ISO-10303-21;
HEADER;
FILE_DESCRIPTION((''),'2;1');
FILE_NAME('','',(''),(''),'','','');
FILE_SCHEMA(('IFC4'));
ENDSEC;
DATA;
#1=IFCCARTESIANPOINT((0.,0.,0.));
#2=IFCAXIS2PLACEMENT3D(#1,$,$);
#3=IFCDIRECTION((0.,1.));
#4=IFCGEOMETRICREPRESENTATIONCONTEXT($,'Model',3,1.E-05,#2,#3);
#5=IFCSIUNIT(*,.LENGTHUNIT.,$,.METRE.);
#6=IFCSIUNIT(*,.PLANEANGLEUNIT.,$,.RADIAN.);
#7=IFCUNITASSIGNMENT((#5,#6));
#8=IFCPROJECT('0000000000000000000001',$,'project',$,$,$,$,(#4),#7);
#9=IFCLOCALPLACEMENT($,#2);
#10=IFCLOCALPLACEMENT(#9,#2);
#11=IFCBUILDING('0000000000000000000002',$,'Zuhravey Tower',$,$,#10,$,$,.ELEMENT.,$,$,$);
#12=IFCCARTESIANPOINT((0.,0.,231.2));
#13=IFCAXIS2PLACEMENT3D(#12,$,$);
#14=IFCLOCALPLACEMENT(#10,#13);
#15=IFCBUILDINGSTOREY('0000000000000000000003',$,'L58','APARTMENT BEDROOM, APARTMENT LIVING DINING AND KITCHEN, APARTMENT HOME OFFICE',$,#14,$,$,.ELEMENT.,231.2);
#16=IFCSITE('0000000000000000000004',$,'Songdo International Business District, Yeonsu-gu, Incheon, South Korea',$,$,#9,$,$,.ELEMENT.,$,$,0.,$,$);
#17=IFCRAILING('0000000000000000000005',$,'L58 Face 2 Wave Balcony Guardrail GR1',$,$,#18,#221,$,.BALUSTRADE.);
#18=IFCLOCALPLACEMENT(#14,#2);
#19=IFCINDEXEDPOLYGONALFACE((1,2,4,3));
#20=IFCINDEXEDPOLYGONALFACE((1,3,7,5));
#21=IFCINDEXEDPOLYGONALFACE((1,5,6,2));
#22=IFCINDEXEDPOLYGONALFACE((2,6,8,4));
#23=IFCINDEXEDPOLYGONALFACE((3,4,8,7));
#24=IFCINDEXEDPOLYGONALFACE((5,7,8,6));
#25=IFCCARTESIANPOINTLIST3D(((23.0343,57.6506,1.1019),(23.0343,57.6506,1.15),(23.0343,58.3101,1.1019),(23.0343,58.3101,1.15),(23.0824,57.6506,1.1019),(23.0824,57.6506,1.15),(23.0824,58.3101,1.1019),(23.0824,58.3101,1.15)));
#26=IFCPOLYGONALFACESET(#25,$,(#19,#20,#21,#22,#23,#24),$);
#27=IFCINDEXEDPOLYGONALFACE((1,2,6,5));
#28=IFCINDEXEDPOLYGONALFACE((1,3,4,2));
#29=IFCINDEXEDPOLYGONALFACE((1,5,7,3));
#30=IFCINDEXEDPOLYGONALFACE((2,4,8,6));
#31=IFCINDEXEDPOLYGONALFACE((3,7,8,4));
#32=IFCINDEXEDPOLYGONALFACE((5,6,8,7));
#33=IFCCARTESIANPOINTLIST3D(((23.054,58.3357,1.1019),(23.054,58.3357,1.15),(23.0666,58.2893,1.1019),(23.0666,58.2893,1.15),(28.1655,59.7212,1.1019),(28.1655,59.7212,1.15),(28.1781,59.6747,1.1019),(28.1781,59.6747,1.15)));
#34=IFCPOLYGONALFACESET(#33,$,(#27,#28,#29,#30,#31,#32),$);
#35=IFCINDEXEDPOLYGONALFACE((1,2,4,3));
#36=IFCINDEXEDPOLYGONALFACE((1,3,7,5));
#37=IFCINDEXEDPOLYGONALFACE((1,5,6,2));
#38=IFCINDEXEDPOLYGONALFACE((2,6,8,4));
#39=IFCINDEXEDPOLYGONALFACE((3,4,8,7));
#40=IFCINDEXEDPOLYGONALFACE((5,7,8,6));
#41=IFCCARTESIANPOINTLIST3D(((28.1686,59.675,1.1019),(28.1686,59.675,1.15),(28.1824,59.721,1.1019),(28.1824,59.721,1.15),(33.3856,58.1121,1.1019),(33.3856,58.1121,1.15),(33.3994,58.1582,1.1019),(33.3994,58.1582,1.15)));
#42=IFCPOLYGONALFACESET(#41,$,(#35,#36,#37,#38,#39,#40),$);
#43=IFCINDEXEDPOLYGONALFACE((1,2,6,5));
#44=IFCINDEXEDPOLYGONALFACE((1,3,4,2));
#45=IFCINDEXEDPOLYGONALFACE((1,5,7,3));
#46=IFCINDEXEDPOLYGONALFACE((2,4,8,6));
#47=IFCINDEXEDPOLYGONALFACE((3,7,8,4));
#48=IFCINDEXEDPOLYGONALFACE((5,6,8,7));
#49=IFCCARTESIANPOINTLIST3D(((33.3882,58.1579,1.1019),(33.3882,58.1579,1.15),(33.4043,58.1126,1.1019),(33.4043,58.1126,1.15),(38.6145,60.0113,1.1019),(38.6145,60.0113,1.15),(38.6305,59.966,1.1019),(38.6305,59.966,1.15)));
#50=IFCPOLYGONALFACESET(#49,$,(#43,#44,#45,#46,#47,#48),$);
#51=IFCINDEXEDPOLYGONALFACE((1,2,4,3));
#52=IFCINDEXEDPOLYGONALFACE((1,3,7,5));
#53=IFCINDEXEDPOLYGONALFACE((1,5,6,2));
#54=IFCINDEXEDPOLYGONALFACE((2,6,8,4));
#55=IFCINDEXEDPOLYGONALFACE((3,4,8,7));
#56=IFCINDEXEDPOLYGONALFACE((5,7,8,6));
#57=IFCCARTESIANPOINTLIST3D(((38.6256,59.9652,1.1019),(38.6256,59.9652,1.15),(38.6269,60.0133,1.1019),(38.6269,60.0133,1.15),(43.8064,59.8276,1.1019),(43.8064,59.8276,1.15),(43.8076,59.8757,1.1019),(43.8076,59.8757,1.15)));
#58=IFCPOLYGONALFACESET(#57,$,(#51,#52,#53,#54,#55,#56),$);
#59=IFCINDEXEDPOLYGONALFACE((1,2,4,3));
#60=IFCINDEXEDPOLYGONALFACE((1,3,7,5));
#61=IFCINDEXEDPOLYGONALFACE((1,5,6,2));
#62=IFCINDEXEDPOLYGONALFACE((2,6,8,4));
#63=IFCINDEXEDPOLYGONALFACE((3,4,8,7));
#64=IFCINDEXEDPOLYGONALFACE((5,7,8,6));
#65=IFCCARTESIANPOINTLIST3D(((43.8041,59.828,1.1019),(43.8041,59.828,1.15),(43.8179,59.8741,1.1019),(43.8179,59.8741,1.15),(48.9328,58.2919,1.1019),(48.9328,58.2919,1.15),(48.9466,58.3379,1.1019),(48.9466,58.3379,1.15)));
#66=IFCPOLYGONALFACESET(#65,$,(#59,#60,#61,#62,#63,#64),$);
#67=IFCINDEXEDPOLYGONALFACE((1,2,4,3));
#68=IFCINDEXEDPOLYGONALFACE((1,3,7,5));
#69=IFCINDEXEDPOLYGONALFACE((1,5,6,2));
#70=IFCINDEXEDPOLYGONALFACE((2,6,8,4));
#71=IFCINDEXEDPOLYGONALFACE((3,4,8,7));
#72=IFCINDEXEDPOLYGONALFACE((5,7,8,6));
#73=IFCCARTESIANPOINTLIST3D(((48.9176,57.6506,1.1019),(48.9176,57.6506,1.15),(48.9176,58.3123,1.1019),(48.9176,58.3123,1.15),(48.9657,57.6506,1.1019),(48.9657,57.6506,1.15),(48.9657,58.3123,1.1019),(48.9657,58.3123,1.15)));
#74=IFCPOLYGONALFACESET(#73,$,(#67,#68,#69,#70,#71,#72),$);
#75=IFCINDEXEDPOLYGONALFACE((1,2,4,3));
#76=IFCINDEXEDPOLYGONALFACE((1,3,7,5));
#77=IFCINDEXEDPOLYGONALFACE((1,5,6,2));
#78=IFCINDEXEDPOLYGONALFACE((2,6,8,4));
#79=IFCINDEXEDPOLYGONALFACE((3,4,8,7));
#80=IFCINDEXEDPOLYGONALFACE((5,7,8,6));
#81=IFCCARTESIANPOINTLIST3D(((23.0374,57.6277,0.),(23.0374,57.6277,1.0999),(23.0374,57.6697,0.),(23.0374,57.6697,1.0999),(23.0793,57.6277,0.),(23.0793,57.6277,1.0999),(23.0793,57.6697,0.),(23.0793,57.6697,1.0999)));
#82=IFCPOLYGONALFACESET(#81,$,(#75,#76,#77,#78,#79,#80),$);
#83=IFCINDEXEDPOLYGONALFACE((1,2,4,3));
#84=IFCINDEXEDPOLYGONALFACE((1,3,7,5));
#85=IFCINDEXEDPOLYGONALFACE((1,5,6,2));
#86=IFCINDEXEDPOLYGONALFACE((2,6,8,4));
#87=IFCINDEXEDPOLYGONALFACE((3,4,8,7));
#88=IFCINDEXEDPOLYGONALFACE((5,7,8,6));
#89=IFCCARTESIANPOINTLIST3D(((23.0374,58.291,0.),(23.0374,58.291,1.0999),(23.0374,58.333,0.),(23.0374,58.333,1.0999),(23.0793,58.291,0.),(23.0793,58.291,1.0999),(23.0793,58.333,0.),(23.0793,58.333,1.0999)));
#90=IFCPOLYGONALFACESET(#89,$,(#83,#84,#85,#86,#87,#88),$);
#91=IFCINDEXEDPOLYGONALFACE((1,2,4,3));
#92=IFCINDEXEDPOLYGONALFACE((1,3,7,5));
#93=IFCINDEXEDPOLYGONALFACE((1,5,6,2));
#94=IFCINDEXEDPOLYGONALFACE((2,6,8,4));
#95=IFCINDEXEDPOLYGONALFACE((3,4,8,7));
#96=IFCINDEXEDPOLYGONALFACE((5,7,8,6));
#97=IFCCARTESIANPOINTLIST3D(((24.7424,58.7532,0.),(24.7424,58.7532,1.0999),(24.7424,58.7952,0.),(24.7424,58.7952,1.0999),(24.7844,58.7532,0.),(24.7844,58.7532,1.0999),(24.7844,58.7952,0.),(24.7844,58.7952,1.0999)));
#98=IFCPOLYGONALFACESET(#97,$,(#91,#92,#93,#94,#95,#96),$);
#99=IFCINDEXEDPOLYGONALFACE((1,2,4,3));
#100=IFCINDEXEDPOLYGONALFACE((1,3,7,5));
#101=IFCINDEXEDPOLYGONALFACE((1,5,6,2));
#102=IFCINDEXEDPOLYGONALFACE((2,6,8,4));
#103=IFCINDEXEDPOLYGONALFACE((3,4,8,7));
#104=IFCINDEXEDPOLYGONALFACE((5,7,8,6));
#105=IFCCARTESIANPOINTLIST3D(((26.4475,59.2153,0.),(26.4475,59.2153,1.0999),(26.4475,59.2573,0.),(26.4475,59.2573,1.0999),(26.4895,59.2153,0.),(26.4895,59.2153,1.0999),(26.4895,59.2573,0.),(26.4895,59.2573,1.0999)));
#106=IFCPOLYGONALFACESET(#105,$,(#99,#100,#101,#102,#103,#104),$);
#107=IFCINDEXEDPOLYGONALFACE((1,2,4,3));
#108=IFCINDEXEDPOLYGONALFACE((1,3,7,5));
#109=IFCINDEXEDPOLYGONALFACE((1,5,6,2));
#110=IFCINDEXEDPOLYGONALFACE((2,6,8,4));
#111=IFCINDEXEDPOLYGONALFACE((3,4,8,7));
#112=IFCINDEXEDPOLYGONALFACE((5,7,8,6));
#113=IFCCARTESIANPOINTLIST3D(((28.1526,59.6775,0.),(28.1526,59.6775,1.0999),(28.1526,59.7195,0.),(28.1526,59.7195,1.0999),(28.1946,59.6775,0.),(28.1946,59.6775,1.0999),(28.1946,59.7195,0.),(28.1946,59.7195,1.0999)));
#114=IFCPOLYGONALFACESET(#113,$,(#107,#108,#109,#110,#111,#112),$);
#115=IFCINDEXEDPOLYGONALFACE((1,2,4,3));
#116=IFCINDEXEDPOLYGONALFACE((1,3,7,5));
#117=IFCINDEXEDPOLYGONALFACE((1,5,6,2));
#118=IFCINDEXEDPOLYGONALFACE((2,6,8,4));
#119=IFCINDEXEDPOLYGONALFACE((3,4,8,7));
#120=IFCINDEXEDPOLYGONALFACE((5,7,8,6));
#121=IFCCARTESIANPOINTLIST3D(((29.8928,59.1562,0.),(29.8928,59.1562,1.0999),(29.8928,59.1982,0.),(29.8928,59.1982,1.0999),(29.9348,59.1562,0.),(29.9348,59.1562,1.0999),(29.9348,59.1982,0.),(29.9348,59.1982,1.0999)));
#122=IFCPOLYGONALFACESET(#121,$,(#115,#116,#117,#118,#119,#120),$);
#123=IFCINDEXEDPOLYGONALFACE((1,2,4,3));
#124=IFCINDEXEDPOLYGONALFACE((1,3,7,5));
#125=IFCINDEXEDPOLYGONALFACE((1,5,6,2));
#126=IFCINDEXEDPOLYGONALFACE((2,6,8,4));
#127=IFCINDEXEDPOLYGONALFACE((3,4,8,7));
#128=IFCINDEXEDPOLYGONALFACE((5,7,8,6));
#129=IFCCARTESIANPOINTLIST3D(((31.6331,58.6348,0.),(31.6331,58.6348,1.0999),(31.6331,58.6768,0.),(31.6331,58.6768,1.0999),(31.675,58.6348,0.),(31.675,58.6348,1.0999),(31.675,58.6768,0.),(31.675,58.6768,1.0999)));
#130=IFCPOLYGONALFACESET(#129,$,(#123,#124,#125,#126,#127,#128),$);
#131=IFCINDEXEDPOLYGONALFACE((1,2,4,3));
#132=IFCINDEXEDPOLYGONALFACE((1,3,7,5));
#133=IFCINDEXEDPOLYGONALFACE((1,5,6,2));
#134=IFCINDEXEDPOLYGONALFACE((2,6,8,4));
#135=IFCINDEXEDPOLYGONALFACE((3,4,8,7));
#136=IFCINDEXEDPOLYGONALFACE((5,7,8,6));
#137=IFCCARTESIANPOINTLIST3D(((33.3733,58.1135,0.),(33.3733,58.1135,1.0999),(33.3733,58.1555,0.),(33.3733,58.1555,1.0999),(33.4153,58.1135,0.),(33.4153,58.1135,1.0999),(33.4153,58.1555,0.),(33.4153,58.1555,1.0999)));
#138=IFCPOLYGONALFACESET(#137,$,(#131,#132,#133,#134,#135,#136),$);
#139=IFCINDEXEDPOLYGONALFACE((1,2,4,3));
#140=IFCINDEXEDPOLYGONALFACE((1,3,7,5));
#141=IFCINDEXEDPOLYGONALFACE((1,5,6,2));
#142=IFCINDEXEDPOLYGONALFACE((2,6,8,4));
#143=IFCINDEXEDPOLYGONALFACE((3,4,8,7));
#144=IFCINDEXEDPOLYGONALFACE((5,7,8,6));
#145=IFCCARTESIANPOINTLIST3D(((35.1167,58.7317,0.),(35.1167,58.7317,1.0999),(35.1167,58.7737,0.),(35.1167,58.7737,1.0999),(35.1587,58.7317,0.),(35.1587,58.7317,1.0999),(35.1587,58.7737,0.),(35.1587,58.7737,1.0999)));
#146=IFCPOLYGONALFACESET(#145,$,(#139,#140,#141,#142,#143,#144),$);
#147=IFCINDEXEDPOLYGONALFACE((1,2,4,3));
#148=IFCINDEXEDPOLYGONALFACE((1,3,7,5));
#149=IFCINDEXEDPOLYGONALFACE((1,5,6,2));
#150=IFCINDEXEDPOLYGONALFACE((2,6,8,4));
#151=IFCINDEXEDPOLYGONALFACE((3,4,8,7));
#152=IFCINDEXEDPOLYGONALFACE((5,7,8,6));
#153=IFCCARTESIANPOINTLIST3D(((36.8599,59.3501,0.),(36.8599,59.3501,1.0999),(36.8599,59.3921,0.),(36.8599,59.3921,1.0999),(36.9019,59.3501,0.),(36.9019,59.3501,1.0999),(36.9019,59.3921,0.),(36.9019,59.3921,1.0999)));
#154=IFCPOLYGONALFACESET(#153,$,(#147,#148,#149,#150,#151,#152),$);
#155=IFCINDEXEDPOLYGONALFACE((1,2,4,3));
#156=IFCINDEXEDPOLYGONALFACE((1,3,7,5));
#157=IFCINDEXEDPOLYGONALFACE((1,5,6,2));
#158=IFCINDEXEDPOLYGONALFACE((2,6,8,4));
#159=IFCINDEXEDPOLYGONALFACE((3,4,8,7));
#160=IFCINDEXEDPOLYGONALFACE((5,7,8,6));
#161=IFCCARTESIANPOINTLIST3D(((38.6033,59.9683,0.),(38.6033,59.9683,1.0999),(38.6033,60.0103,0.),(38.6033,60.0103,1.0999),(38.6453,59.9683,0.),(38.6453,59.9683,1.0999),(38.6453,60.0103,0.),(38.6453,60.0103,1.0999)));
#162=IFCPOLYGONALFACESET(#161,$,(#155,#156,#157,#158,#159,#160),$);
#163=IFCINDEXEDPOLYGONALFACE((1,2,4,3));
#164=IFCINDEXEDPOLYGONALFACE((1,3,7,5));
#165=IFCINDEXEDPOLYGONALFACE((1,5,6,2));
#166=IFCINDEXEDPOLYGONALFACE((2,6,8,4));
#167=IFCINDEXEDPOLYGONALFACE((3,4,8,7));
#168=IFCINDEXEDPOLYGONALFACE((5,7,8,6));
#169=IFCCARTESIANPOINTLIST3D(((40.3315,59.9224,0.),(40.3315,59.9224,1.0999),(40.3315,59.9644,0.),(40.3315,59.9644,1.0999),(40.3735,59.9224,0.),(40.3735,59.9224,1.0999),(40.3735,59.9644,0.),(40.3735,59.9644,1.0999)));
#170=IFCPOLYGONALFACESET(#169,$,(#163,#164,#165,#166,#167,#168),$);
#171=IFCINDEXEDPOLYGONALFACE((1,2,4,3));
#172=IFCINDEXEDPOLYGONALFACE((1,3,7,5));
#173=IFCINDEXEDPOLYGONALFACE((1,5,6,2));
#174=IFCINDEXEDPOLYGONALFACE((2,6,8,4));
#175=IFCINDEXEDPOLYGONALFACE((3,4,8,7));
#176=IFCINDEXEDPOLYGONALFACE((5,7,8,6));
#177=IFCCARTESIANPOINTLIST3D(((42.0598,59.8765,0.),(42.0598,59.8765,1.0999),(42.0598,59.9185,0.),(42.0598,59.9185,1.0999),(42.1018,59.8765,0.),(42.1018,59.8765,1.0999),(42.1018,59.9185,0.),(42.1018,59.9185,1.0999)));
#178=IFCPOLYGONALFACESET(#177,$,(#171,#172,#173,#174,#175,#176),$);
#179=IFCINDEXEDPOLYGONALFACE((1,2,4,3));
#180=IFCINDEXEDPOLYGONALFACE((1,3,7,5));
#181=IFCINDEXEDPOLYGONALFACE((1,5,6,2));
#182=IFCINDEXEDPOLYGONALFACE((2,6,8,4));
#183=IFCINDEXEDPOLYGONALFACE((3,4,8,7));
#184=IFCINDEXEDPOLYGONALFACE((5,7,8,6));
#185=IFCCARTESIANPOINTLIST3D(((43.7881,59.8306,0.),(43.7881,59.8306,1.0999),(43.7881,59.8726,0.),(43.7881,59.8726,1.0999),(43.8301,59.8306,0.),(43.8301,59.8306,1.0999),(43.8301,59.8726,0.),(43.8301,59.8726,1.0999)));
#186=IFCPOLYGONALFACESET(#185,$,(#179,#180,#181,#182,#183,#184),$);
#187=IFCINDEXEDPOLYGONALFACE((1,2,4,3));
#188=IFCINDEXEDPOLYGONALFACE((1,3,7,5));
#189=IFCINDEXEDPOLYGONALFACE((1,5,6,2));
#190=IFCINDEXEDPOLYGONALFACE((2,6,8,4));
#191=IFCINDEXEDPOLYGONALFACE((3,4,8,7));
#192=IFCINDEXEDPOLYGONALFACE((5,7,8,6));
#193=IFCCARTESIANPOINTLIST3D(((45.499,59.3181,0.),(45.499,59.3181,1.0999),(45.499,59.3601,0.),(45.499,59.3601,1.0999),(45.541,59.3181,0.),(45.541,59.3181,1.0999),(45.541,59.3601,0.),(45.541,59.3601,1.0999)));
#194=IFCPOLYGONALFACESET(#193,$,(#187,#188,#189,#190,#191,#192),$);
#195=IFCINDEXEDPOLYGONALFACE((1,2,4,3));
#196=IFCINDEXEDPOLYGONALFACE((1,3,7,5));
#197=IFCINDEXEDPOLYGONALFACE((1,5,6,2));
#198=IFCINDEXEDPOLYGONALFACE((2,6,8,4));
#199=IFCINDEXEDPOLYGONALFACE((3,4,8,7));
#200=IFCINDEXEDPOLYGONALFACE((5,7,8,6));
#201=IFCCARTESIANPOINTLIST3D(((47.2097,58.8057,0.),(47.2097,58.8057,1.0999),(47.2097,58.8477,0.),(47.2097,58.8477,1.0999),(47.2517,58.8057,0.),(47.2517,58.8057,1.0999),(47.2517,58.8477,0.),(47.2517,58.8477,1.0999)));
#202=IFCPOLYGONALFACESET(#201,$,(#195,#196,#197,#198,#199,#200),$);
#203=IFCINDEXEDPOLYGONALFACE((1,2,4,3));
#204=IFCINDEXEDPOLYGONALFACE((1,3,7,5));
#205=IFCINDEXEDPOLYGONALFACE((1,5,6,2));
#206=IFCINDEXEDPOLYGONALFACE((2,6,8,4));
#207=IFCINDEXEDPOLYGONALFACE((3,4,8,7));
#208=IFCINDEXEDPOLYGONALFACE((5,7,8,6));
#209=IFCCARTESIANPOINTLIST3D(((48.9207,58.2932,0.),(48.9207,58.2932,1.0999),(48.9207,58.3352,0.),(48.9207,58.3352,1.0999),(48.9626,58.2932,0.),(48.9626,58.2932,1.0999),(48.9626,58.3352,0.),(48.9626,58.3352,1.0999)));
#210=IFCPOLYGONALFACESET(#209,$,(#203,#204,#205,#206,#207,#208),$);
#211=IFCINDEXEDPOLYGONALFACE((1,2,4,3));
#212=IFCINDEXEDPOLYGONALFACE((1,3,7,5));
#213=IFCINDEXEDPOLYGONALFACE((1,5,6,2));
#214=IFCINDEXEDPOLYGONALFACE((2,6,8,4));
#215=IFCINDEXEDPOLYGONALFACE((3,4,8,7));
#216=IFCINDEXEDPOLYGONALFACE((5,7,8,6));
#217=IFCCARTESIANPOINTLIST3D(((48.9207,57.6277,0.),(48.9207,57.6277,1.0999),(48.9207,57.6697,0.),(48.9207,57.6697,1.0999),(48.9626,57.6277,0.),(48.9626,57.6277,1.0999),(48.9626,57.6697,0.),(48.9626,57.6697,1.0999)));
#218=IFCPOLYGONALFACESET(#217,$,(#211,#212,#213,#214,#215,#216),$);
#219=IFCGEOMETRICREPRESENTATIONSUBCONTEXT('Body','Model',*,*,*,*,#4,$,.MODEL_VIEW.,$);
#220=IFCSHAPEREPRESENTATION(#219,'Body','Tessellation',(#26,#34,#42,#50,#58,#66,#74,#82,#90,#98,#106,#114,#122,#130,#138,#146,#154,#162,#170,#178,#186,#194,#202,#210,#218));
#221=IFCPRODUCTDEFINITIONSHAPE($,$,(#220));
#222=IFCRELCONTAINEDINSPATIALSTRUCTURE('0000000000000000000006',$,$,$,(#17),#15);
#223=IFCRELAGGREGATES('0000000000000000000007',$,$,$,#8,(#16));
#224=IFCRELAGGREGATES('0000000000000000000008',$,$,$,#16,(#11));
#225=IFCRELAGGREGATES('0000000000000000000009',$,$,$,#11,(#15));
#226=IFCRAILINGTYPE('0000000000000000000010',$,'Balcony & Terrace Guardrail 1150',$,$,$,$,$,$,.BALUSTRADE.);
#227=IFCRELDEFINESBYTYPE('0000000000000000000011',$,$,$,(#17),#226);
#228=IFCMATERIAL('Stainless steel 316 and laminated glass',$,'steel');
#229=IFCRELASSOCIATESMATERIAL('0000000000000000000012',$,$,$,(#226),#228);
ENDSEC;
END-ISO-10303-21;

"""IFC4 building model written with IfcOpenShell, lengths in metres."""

from ifc_helpers import new_model, si_unit, direction, frame, origin, origin_2d, place, context, subcontext, project, spatial, rectangle, extrude, material, type_object, element, save


model = new_model("IFC4")

# Units and contexts
model_context = context("Model", 3, precision=1e-05, world=origin(), true_north=direction((0.0, 1.0)))
body_context = subcontext(model_context, "Body", "Model", "MODEL_VIEW")
ifc_project = project(units=[si_unit("LENGTHUNIT", "METRE"), si_unit("PLANEANGLEUNIT", "RADIAN")], contexts=[model_context])

# Site, building, storey
site_placement = place(None, origin())
site = spatial("IfcSite", under=ifc_project, at=site_placement, Name="Songdo International Business District, Yeonsu-gu, Incheon, South Korea", CompositionType="ELEMENT", RefElevation=0.0)
building_placement = place(site_placement, origin())
building = spatial("IfcBuilding", under=site, at=building_placement, Name="Zuhravey Tower", CompositionType="ELEMENT")
storey_placement = place(building_placement, frame((0.0, 0.0, 231.2)))
storey = spatial("IfcBuildingStorey", under=building, at=storey_placement, Name="L58", Description="APARTMENT BEDROOM, APARTMENT LIVING DINING AND KITCHEN, APARTMENT HOME OFFICE", CompositionType="ELEMENT", Elevation=231.2)

# Railing
ifc_material_1 = material(Name="Stainless steel 316 and laminated glass", Category="steel")
railing_type = type_object("IfcRailingType", Name="Balcony & Terrace Guardrail 1150", PredefinedType="BALUSTRADE", material=ifc_material_1)
railing_placement = place(storey_placement, frame((23.0583, 57.6487, 0.0)))
element("IfcRailing", 1, at=railing_placement, inside=storey, type_object=railing_type, Name="L58 Face 2 Wave Balcony Guardrail GR1", PredefinedType="BALUSTRADE", context=body_context, shape_type="SweptSolid", body=[
    extrude(rectangle(XDim=0.0481, YDim=0.0481, at=origin_2d()), frame((0.0, 0.002, 1.126), z_axis=(0.0, 1.0, 0.0), x_axis=(-1.0, 0.0, 0.0)), (0.0, 0.0, 1.0), 0.6594),
    extrude(rectangle(XDim=0.0481, YDim=0.0481, at=origin_2d()), frame((0.002, 0.6638, 1.126), z_axis=(0.965174, 0.261609, 0.0), x_axis=(-0.261609, 0.965174, 0.0)), (0.0, 0.0, 1.0), 5.2959),
    extrude(rectangle(XDim=0.0481, YDim=0.0481, at=origin_2d()), frame((5.1172, 2.0493, 1.126), z_axis=(0.95794, -0.28697, 0.0), x_axis=(0.28697, 0.95794, 0.0)), (0.0, 0.0, 1.0), 5.446),
    extrude(rectangle(XDim=0.0481, YDim=0.0481, at=origin_2d()), frame((10.3379, 0.4866, 1.126), z_axis=(0.942488, 0.33424, 0.0), x_axis=(-0.33424, 0.942488, 0.0)), (0.0, 0.0, 1.0), 5.5452),
    extrude(rectangle(XDim=0.0481, YDim=0.0481, at=origin_2d()), frame((15.5679, 2.3406, 1.126), z_axis=(0.999648, -0.026548, 0.0), x_axis=(0.026548, 0.999648, 0.0)), (0.0, 0.0, 1.0), 5.1826),
    extrude(rectangle(XDim=0.0481, YDim=0.0481, at=origin_2d()), frame((20.7527, 2.2024, 1.126), z_axis=(0.95795, -0.286934, 0.0), x_axis=(0.286934, 0.95795, 0.0)), (0.0, 0.0, 1.0), 5.3538),
    extrude(rectangle(XDim=0.0481, YDim=0.0481, at=origin_2d()), frame((25.8833, 0.6636, 1.126), z_axis=(0.0, -1.0, 0.0), x_axis=(1.0, 0.0, 0.0)), (0.0, 0.0, 1.0), 0.6616),
    extrude(rectangle(XDim=0.042, YDim=0.042, at=origin_2d()), origin(), (0.0, 0.0, 1.0), 1.0999),
    extrude(rectangle(XDim=0.042, YDim=0.042, at=origin_2d()), frame((0.0, 0.6633, 0.0)), (0.0, 0.0, 1.0), 1.0999),
    extrude(rectangle(XDim=0.042, YDim=0.042, at=origin_2d()), frame((1.7051, 1.1255, 0.0)), (0.0, 0.0, 1.0), 1.0999),
    extrude(rectangle(XDim=0.042, YDim=0.042, at=origin_2d()), frame((3.4102, 1.5876, 0.0)), (0.0, 0.0, 1.0), 1.0999),
    extrude(rectangle(XDim=0.042, YDim=0.042, at=origin_2d()), frame((5.1152, 2.0498, 0.0)), (0.0, 0.0, 1.0), 1.0999),
    extrude(rectangle(XDim=0.042, YDim=0.042, at=origin_2d()), frame((6.8555, 1.5286, 0.0)), (0.0, 0.0, 1.0), 1.0999),
    extrude(rectangle(XDim=0.042, YDim=0.042, at=origin_2d()), frame((8.5957, 1.0071, 0.0)), (0.0, 0.0, 1.0), 1.0999),
    extrude(rectangle(XDim=0.042, YDim=0.042, at=origin_2d()), frame((10.3359, 0.4858, 0.0)), (0.0, 0.0, 1.0), 1.0999),
    extrude(rectangle(XDim=0.042, YDim=0.042, at=origin_2d()), frame((12.0793, 1.104, 0.0)), (0.0, 0.0, 1.0), 1.0999),
    extrude(rectangle(XDim=0.042, YDim=0.042, at=origin_2d()), frame((13.8225, 1.7224, 0.0)), (0.0, 0.0, 1.0), 1.0999),
    extrude(rectangle(XDim=0.042, YDim=0.042, at=origin_2d()), frame((15.5659, 2.3406, 0.0)), (0.0, 0.0, 1.0), 1.0999),
    extrude(rectangle(XDim=0.042, YDim=0.042, at=origin_2d()), frame((17.2942, 2.2947, 0.0)), (0.0, 0.0, 1.0), 1.0999),
    extrude(rectangle(XDim=0.042, YDim=0.042, at=origin_2d()), frame((19.0225, 2.2488, 0.0)), (0.0, 0.0, 1.0), 1.0999),
    extrude(rectangle(XDim=0.042, YDim=0.042, at=origin_2d()), frame((20.7507, 2.2029, 0.0)), (0.0, 0.0, 1.0), 1.0999),
    extrude(rectangle(XDim=0.042, YDim=0.042, at=origin_2d()), frame((22.4617, 1.6904, 0.0)), (0.0, 0.0, 1.0), 1.0999),
    extrude(rectangle(XDim=0.042, YDim=0.042, at=origin_2d()), frame((24.1724, 1.178, 0.0)), (0.0, 0.0, 1.0), 1.0999),
    extrude(rectangle(XDim=0.042, YDim=0.042, at=origin_2d()), frame((25.8833, 0.6655, 0.0)), (0.0, 0.0, 1.0), 1.0999),
    extrude(rectangle(XDim=0.042, YDim=0.042, at=origin_2d()), frame((25.8833, 0.0, 0.0)), (0.0, 0.0, 1.0), 1.0999),
])

save(model, "model.ifc")
